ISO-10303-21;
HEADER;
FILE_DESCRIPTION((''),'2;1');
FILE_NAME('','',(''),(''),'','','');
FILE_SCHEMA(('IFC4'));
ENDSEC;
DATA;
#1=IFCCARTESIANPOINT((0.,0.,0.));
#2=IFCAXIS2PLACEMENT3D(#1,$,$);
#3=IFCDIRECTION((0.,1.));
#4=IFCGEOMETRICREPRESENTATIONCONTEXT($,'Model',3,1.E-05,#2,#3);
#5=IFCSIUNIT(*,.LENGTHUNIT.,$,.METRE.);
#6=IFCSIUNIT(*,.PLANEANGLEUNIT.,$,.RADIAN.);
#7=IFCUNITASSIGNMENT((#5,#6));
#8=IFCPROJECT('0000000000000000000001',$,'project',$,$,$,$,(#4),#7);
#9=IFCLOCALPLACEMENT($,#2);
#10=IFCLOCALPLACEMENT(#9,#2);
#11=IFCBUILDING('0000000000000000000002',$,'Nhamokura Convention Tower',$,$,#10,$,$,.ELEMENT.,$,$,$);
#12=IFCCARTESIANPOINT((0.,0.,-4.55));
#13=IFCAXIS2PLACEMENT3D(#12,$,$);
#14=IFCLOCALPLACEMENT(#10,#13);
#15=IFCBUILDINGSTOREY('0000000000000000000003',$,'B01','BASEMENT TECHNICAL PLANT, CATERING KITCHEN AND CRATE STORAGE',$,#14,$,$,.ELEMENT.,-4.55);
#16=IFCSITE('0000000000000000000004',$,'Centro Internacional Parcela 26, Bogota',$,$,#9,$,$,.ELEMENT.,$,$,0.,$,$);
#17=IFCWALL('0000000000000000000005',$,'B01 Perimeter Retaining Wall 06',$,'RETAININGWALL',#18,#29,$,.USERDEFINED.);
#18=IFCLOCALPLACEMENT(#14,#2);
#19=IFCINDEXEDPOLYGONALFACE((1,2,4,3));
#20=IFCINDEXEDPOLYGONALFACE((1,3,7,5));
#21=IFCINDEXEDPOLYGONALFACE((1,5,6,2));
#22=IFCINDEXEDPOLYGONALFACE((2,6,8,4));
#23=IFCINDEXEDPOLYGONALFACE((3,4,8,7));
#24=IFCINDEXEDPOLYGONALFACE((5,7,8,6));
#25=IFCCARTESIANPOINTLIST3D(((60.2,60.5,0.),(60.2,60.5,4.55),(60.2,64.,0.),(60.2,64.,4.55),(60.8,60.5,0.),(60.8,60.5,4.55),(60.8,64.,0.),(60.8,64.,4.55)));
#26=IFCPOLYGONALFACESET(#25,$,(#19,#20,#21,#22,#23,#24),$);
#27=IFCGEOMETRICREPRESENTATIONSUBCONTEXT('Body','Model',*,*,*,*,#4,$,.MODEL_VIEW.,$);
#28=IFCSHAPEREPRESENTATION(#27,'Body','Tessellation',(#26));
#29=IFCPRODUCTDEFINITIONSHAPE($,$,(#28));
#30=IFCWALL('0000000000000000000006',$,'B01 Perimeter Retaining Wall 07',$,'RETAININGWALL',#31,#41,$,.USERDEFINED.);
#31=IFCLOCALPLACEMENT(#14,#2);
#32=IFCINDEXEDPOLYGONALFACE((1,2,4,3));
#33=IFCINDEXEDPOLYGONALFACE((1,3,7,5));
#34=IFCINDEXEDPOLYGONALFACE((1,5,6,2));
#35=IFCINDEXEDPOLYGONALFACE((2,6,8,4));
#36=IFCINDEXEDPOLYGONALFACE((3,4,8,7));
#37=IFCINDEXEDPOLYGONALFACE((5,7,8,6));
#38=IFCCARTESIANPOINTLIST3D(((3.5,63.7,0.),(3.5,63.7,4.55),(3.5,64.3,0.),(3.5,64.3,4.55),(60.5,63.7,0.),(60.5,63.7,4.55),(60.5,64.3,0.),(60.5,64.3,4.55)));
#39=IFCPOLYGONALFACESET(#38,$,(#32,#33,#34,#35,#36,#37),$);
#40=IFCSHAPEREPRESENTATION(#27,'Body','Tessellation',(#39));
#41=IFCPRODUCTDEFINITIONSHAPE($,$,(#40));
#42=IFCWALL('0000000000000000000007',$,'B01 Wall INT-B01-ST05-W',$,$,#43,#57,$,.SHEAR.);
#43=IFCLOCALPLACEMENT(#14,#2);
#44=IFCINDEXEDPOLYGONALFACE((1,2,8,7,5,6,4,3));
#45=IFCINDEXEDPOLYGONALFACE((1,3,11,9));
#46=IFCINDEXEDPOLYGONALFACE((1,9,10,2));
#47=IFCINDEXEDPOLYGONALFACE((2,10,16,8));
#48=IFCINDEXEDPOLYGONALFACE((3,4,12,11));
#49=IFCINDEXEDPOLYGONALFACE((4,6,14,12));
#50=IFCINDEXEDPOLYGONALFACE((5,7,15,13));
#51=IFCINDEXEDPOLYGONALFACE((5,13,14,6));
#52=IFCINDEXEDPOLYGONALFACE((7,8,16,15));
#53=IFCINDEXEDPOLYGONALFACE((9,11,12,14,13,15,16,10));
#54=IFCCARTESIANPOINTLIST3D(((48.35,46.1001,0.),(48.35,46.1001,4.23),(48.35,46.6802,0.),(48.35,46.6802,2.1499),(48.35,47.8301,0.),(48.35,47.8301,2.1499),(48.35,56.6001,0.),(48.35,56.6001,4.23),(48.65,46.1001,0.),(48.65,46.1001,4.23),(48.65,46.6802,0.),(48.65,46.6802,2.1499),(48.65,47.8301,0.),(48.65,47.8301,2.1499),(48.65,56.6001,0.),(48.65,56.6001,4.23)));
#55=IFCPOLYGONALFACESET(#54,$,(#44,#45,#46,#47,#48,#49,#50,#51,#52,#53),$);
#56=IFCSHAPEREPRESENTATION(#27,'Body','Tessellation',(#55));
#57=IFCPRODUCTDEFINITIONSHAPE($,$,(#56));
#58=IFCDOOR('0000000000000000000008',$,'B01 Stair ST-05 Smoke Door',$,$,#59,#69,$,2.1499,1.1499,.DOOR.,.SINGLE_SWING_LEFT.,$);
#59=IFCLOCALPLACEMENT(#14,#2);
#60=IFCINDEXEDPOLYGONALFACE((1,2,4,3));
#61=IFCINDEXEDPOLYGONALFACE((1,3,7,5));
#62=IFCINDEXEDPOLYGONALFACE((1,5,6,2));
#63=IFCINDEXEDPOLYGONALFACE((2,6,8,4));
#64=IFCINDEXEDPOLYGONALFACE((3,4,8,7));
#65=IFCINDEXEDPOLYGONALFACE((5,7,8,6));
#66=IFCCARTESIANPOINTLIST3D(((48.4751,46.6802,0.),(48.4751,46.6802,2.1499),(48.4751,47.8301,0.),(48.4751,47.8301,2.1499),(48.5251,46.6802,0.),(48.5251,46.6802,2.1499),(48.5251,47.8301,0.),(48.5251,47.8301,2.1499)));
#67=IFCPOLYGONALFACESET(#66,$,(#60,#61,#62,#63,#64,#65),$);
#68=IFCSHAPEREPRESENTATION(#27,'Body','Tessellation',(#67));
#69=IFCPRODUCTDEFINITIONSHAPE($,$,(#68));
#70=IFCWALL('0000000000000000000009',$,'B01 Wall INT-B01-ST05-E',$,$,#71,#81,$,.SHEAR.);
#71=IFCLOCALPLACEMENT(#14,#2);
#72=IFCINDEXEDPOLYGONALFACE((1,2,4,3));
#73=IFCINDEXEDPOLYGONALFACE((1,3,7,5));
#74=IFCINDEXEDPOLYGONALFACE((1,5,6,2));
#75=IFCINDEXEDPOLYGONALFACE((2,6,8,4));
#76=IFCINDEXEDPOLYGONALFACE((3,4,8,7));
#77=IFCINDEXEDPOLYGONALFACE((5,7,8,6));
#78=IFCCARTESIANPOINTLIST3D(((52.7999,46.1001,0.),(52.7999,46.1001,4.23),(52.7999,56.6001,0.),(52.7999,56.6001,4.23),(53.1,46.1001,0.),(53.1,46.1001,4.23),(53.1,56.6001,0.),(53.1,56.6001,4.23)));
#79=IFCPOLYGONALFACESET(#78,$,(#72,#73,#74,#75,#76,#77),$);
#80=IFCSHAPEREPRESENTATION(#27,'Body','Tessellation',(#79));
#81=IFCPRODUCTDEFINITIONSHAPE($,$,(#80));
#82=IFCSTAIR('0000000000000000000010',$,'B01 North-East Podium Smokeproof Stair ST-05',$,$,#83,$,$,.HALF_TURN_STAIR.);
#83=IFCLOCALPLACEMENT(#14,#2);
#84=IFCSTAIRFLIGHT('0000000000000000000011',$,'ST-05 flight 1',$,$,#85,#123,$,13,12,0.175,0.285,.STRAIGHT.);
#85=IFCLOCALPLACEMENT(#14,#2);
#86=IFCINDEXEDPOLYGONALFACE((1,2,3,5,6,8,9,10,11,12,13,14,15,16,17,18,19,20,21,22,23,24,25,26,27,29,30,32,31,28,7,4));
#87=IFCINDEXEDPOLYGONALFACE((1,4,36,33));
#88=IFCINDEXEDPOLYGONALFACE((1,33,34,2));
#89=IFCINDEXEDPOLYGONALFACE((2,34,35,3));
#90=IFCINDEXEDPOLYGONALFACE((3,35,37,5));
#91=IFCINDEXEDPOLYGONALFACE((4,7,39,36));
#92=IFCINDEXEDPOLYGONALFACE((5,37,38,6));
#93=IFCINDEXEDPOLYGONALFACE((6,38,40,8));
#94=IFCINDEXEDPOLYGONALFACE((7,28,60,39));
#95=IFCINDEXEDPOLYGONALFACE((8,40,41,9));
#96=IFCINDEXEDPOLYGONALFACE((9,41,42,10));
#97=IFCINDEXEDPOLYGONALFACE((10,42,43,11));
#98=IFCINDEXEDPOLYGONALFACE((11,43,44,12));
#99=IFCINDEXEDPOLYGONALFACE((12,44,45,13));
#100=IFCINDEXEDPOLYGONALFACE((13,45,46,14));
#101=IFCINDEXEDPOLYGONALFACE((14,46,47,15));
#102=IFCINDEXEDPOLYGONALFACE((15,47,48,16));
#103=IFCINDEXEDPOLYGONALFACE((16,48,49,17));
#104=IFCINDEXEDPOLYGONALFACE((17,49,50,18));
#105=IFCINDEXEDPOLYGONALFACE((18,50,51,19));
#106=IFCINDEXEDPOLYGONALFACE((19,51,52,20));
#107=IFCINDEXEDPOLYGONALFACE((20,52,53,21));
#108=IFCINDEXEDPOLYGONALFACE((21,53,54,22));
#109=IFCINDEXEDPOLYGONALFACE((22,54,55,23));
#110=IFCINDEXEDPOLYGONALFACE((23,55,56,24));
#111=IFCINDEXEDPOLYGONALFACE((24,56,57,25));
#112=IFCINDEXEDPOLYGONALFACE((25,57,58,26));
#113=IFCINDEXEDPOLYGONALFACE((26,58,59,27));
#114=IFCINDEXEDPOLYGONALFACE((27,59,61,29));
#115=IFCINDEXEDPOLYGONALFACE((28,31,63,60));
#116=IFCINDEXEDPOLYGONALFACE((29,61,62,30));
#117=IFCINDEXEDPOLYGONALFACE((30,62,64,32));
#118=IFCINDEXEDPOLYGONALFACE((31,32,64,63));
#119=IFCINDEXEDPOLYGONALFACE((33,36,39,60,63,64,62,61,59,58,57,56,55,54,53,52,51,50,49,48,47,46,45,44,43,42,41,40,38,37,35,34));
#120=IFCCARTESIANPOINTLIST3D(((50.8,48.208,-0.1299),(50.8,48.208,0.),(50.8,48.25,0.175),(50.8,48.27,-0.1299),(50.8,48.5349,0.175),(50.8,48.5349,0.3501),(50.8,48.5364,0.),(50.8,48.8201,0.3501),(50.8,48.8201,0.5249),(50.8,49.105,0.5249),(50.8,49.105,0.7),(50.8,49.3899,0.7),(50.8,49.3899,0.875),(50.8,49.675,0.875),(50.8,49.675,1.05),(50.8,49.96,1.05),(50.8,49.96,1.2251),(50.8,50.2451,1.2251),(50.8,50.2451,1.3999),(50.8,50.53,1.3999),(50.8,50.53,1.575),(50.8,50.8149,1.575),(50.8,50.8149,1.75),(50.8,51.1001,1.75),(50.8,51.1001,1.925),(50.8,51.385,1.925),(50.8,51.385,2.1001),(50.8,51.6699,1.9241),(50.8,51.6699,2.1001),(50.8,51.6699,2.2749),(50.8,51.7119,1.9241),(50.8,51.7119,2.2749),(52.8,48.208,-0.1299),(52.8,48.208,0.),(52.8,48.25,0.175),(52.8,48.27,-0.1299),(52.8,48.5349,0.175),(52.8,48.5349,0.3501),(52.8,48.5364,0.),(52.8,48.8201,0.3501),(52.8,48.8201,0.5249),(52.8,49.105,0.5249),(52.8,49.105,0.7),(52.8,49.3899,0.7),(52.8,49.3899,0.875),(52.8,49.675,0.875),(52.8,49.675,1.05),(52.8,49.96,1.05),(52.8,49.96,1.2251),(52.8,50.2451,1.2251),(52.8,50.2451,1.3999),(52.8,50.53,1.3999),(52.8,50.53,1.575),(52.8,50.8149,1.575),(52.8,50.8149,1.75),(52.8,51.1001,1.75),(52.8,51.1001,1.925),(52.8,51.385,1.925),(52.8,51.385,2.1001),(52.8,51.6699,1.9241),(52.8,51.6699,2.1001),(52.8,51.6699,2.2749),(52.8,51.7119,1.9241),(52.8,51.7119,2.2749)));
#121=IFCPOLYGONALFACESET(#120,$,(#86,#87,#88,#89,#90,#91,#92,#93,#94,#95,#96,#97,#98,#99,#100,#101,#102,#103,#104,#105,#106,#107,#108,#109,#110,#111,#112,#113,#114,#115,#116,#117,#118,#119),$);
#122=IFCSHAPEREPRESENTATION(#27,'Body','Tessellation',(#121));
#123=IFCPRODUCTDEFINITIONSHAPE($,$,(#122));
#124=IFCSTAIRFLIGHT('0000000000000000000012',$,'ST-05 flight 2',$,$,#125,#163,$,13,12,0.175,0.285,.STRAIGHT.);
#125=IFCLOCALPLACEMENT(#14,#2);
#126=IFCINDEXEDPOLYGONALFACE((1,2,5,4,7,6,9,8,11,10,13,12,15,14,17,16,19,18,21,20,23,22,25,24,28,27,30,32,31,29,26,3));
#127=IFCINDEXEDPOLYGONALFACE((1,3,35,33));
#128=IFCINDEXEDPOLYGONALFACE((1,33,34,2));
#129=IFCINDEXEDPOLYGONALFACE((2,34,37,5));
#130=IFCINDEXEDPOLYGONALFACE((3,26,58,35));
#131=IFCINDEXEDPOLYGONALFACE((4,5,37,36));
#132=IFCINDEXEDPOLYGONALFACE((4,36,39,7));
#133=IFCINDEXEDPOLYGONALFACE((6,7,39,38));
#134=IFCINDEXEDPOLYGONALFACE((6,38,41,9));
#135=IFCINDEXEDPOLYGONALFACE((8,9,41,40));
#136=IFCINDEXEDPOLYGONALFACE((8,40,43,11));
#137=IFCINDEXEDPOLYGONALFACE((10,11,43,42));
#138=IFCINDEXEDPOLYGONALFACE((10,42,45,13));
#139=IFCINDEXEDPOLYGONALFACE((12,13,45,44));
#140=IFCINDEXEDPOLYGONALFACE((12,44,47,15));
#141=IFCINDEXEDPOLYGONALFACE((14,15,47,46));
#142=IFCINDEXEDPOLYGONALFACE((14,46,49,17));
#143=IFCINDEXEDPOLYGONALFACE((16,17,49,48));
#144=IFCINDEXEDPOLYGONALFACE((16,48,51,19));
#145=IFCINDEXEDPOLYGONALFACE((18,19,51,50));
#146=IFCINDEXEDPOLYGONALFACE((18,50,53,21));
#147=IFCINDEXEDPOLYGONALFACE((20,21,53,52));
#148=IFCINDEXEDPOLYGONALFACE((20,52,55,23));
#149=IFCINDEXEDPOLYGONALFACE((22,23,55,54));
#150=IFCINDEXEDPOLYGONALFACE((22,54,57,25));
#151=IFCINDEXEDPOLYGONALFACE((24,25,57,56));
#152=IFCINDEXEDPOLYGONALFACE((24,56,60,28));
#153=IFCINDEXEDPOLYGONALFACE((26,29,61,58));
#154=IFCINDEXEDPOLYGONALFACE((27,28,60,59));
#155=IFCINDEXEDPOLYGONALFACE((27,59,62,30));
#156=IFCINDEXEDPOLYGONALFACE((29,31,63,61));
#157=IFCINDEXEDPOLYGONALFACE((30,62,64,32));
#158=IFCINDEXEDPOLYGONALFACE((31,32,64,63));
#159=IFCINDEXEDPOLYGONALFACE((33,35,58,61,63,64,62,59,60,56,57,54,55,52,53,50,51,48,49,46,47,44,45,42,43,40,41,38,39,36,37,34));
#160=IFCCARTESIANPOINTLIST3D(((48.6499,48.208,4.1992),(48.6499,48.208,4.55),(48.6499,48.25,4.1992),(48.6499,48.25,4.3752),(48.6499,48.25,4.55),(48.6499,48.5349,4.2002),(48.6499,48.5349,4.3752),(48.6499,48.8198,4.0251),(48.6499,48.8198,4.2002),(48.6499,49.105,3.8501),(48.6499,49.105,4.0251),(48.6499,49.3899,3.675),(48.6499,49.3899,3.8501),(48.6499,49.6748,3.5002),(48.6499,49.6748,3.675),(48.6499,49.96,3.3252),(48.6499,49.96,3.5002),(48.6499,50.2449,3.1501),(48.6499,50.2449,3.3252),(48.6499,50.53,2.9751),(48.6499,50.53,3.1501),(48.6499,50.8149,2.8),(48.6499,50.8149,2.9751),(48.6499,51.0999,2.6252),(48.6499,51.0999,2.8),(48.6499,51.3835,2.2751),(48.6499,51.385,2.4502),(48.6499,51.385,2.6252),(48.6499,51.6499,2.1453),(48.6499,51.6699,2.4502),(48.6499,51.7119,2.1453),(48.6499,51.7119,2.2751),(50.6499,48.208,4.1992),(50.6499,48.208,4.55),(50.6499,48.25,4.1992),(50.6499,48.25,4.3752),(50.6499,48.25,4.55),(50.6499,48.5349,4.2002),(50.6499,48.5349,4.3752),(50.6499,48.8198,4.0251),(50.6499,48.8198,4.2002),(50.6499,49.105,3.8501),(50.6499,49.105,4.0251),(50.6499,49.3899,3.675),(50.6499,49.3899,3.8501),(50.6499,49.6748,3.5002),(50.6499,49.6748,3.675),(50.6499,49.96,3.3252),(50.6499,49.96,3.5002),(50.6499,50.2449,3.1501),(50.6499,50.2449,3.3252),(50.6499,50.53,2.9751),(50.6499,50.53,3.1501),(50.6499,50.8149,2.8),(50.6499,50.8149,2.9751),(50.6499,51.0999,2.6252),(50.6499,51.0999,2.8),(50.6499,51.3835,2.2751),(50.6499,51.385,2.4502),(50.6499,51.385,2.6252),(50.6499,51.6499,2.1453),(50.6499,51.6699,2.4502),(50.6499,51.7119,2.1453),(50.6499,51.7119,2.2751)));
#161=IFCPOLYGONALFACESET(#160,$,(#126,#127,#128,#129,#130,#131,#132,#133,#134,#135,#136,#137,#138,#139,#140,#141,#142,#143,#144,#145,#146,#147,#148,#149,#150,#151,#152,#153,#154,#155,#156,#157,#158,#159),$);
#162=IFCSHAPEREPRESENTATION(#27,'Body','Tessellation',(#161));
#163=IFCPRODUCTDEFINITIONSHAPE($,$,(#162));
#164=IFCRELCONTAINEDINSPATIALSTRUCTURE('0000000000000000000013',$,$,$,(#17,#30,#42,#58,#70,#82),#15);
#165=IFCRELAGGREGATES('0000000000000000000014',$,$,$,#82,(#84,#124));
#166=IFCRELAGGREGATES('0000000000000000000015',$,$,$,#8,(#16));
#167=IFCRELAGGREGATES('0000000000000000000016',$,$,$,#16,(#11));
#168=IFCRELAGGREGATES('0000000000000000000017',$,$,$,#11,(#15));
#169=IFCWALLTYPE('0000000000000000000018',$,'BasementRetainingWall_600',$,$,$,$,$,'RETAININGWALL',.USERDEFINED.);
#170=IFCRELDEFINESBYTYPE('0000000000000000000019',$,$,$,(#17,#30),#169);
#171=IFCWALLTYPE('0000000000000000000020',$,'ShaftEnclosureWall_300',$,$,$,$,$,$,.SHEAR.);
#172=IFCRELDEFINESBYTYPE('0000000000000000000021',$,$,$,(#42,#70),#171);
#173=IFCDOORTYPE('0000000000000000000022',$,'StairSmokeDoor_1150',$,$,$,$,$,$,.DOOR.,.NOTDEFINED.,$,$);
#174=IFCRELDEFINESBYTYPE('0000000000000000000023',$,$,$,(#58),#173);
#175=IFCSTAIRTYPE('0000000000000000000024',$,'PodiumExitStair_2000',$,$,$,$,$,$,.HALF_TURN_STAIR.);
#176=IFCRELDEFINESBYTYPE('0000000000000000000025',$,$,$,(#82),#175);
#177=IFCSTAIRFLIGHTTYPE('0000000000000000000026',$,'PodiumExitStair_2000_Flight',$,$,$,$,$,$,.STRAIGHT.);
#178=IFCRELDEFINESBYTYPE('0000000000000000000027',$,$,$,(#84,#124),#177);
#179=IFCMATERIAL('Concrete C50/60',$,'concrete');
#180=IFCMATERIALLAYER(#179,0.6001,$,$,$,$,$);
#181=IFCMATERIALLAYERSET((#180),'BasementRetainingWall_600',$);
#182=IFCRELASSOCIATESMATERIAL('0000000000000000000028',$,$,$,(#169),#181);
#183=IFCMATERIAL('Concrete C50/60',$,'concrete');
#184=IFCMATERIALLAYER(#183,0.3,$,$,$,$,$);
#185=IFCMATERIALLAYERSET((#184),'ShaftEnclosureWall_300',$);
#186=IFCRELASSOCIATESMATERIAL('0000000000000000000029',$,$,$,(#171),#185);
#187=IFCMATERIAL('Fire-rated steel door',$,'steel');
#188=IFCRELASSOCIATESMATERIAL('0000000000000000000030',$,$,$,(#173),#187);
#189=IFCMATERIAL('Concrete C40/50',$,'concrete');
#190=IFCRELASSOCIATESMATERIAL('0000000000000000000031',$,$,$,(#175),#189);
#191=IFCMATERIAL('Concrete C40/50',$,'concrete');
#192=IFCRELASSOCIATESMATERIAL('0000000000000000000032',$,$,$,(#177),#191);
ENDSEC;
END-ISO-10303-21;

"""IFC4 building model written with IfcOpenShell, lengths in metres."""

from ifc_helpers import new_model, si_unit, direction, frame, frame_2d, origin, place, context, subcontext, project, spatial, polyline, rectangle, outline, extrude, material, layer, layer_set, type_object, element, fill, aggregate, save


model = new_model("IFC4")

# Units and contexts
model_context = context("Model", 3, precision=1e-05, world=origin(), true_north=direction((0.0, 1.0)))
body_context = subcontext(model_context, "Body", "Model", "MODEL_VIEW")
ifc_project = project(units=[si_unit("LENGTHUNIT", "METRE"), si_unit("PLANEANGLEUNIT", "RADIAN")], contexts=[model_context])

# Site, building, storey
site_placement = place(None, origin())
site = spatial("IfcSite", under=ifc_project, at=site_placement, Name="Centro Internacional Parcela 26, Bogota", CompositionType="ELEMENT", RefElevation=0.0)
building_placement = place(site_placement, origin())
building = spatial("IfcBuilding", under=site, at=building_placement, Name="Nhamokura Convention Tower", CompositionType="ELEMENT")
storey_placement = place(building_placement, frame((0.0, 0.0, -4.55)))
storey = spatial("IfcBuildingStorey", under=building, at=storey_placement, Name="B01", Description="BASEMENT TECHNICAL PLANT, CATERING KITCHEN AND CRATE STORAGE", CompositionType="ELEMENT", Elevation=-4.55)

# Walls
ifc_material_1 = material(Name="Concrete C50/60", Category="concrete")
ifc_layer_1 = layer(ifc_material_1, 0.6001)
ifc_layer_set_1 = layer_set([ifc_layer_1], Name="BasementRetainingWall_600")
wall_type_1 = type_object("IfcWallType", Name="BasementRetainingWall_600", ElementType="RETAININGWALL", PredefinedType="USERDEFINED", material=ifc_layer_set_1)
for number, where, z_axis, x_axis, name in (
    (1, (60.5, 60.5, 0.0), (0.0, 0.0, 1.0), (0.0, 1.0, 0.0), "B01 Perimeter Retaining Wall 06"),
):
    element("IfcWall", number, at=place(storey_placement, frame(where, z_axis=z_axis, x_axis=x_axis)), inside=storey, type_object=wall_type_1, Name=name, ObjectType="RETAININGWALL", PredefinedType="USERDEFINED", context=body_context, shape_type="SweptSolid", body=[
        extrude(rectangle(XDim=3.5, YDim=0.6001, at=frame_2d((1.75, 0.0))), origin(), (0.0, 0.0, 1.0), 4.55),
    ])
wall_1_placement = place(storey_placement, frame((60.5, 64.0, 0.0), z_axis=(0.0, 0.0, 1.0), x_axis=(-1.0, 0.0, 0.0)))
element("IfcWall", 2, at=wall_1_placement, inside=storey, type_object=wall_type_1, Name="B01 Perimeter Retaining Wall 07", ObjectType="RETAININGWALL", PredefinedType="USERDEFINED", context=body_context, shape_type="SweptSolid", body=[
    extrude(rectangle(XDim=57.0, YDim=0.6001, at=frame_2d((28.5, 0.0))), origin(), (0.0, 0.0, 1.0), 4.55),
])

# Wall, opening, door
ifc_material_2 = material(Name="Concrete C50/60", Category="concrete")
ifc_layer_2 = layer(ifc_material_2, 0.3)
ifc_layer_set_2 = layer_set([ifc_layer_2], Name="ShaftEnclosureWall_300")
wall_type_2 = type_object("IfcWallType", Name="ShaftEnclosureWall_300", PredefinedType="SHEAR", material=ifc_layer_set_2)
wall_2_placement = place(storey_placement, frame((48.5, 46.1001, 0.0), z_axis=(0.0, 0.0, 1.0), x_axis=(0.0, 1.0, 0.0)))
wall_2 = element("IfcWall", 3, at=wall_2_placement, inside=storey, type_object=wall_type_2, Name="B01 Wall INT-B01-ST05-W", PredefinedType="SHEAR", context=body_context, shape_type="SweptSolid", body=[
    extrude(rectangle(XDim=10.5, YDim=0.3, at=frame_2d((5.25, 0.0))), origin(), (0.0, 0.0, 1.0), 4.23),
])
opening_placement = place(wall_2_placement, frame((0.5801, 0.0, 0.0)))
opening = element("IfcOpeningElement", 4, at=opening_placement, cuts=wall_2, PredefinedType="OPENING", context=body_context, shape_type="SweptSolid", body=[
    extrude(rectangle(XDim=1.1499, YDim=2.1499, at=frame_2d((0.575, 1.075))), frame((0.0, 0.1599, 0.0), z_axis=(0.0, -1.0, 0.0), x_axis=(1.0, 0.0, 0.0)), (0.0, 0.0, 1.0), 0.3201),
])
ifc_material_3 = material(Name="Fire-rated steel door", Category="steel")
door_type = type_object("IfcDoorType", Name="StairSmokeDoor_1150", OperationType="NOTDEFINED", PredefinedType="DOOR", material=ifc_material_3)
door_placement = place(opening_placement, origin())
door = element("IfcDoor", 5, at=door_placement, inside=storey, type_object=door_type, Name="B01 Stair ST-05 Smoke Door", OperationType="SINGLE_SWING_LEFT", OverallHeight=2.1499, OverallWidth=1.1499, PredefinedType="DOOR", context=body_context, shape_type="SweptSolid", body=[
    extrude(rectangle(XDim=1.1499, YDim=2.1499, at=frame_2d((0.575, 1.075))), frame((0.0, 0.0249, 0.0), z_axis=(0.0, -1.0, 0.0), x_axis=(1.0, 0.0, 0.0)), (0.0, 0.0, 1.0), 0.05),
])
fill(opening, door)

# Wall
wall_3_placement = place(storey_placement, frame((52.95, 46.1001, 0.0), z_axis=(0.0, 0.0, 1.0), x_axis=(0.0, 1.0, 0.0)))
element("IfcWall", 6, at=wall_3_placement, inside=storey, type_object=wall_type_2, Name="B01 Wall INT-B01-ST05-E", PredefinedType="SHEAR", context=body_context, shape_type="SweptSolid", body=[
    extrude(rectangle(XDim=10.5, YDim=0.3, at=frame_2d((5.25, 0.0))), origin(), (0.0, 0.0, 1.0), 4.23),
])

# Stair, stair flights
ifc_material_4 = material(Name="Concrete C40/50", Category="concrete")
stair_type = type_object("IfcStairType", Name="PodiumExitStair_2000", PredefinedType="HALF_TURN_STAIR", material=ifc_material_4)
stair_placement = place(storey_placement, origin())
stair = element("IfcStair", 7, at=stair_placement, inside=storey, type_object=stair_type, Name="B01 North-East Podium Smokeproof Stair ST-05", PredefinedType="HALF_TURN_STAIR")
ifc_material_5 = material(Name="Concrete C40/50", Category="concrete")
stair_flight_type = type_object("IfcStairFlightType", Name="PodiumExitStair_2000_Flight", PredefinedType="STRAIGHT", material=ifc_material_5)
stair_flight_1_placement = place(storey_placement, frame((51.8, 48.25, 0.0), z_axis=(0.0, 0.0, 1.0), x_axis=(0.0, 1.0, 0.0)))
stair_flight_1 = element("IfcStairFlight", 8, at=stair_flight_1_placement, type_object=stair_flight_type, Name="ST-05 flight 1", NumberOfRisers=13, NumberOfTreads=12, PredefinedType="STRAIGHT", RiserHeight=0.175, TreadLength=0.285, context=body_context, shape_type="SweptSolid", body=[
    extrude(outline(polyline([(-0.042, 0.0), (0.0, 0.175), (0.2849, 0.175), (0.2849, 0.3501), (0.5701, 0.3501), (0.5701, 0.5249), (0.855, 0.5249), (0.855, 0.7), (1.1399, 0.7), (1.1399, 0.875), (1.425, 0.875), (1.425, 1.05), (1.71, 1.05), (1.71, 1.2251), (1.9951, 1.2251), (1.9951, 1.3999), (2.28, 1.3999), (2.28, 1.575), (2.5649, 1.575), (2.5649, 1.75), (2.8501, 1.75), (2.8501, 1.925), (3.135, 1.925), (3.135, 2.1001), (3.4199, 2.1001), (3.4199, 2.2749), (3.4619, 2.2749), (3.4619, 1.9241), (3.4199, 1.9241), (0.2864, 0.0), (0.02, -0.1299), (-0.042, -0.1299), (-0.042, 0.0)])), frame((0.0, 1.0, 0.0), z_axis=(0.0, -1.0, 0.0), x_axis=(1.0, 0.0, 0.0)), (0.0, 0.0, 1.0), 2.0),
])
stair_flight_2_placement = place(storey_placement, frame((49.6499, 51.6699, 2.2751), z_axis=(0.0, 0.0, 1.0), x_axis=(0.0, -1.0, 0.0)))
stair_flight_2 = element("IfcStairFlight", 9, at=stair_flight_2_placement, type_object=stair_flight_type, Name="ST-05 flight 2", NumberOfRisers=13, NumberOfTreads=12, PredefinedType="STRAIGHT", RiserHeight=0.175, TreadLength=0.285, context=body_context, shape_type="SweptSolid", body=[
    extrude(outline(polyline([(-0.042, 0.0), (0.0, 0.175), (0.2849, 0.175), (0.2849, 0.3501), (0.5701, 0.3501), (0.5701, 0.5249), (0.855, 0.5249), (0.855, 0.7), (1.1399, 0.7), (1.1399, 0.875), (1.425, 0.875), (1.425, 1.05), (1.71, 1.05), (1.71, 1.2251), (1.9951, 1.2251), (1.9951, 1.3999), (2.28, 1.3999), (2.28, 1.575), (2.5649, 1.575), (2.5649, 1.75), (2.8501, 1.75), (2.8501, 1.925), (3.135, 1.925), (3.135, 2.1001), (3.4199, 2.1001), (3.4199, 2.2749), (3.4619, 2.2749), (3.4619, 1.9241), (3.4199, 1.9241), (0.2864, 0.0), (0.02, -0.1299), (-0.042, -0.1299), (-0.042, 0.0)])), frame((0.0, 1.0, 0.0), z_axis=(0.0, -1.0, 0.0), x_axis=(1.0, 0.0, 0.0)), (0.0, 0.0, 1.0), 2.0),
])
aggregate(stair, [stair_flight_1, stair_flight_2])

save(model, "model.ifc")
